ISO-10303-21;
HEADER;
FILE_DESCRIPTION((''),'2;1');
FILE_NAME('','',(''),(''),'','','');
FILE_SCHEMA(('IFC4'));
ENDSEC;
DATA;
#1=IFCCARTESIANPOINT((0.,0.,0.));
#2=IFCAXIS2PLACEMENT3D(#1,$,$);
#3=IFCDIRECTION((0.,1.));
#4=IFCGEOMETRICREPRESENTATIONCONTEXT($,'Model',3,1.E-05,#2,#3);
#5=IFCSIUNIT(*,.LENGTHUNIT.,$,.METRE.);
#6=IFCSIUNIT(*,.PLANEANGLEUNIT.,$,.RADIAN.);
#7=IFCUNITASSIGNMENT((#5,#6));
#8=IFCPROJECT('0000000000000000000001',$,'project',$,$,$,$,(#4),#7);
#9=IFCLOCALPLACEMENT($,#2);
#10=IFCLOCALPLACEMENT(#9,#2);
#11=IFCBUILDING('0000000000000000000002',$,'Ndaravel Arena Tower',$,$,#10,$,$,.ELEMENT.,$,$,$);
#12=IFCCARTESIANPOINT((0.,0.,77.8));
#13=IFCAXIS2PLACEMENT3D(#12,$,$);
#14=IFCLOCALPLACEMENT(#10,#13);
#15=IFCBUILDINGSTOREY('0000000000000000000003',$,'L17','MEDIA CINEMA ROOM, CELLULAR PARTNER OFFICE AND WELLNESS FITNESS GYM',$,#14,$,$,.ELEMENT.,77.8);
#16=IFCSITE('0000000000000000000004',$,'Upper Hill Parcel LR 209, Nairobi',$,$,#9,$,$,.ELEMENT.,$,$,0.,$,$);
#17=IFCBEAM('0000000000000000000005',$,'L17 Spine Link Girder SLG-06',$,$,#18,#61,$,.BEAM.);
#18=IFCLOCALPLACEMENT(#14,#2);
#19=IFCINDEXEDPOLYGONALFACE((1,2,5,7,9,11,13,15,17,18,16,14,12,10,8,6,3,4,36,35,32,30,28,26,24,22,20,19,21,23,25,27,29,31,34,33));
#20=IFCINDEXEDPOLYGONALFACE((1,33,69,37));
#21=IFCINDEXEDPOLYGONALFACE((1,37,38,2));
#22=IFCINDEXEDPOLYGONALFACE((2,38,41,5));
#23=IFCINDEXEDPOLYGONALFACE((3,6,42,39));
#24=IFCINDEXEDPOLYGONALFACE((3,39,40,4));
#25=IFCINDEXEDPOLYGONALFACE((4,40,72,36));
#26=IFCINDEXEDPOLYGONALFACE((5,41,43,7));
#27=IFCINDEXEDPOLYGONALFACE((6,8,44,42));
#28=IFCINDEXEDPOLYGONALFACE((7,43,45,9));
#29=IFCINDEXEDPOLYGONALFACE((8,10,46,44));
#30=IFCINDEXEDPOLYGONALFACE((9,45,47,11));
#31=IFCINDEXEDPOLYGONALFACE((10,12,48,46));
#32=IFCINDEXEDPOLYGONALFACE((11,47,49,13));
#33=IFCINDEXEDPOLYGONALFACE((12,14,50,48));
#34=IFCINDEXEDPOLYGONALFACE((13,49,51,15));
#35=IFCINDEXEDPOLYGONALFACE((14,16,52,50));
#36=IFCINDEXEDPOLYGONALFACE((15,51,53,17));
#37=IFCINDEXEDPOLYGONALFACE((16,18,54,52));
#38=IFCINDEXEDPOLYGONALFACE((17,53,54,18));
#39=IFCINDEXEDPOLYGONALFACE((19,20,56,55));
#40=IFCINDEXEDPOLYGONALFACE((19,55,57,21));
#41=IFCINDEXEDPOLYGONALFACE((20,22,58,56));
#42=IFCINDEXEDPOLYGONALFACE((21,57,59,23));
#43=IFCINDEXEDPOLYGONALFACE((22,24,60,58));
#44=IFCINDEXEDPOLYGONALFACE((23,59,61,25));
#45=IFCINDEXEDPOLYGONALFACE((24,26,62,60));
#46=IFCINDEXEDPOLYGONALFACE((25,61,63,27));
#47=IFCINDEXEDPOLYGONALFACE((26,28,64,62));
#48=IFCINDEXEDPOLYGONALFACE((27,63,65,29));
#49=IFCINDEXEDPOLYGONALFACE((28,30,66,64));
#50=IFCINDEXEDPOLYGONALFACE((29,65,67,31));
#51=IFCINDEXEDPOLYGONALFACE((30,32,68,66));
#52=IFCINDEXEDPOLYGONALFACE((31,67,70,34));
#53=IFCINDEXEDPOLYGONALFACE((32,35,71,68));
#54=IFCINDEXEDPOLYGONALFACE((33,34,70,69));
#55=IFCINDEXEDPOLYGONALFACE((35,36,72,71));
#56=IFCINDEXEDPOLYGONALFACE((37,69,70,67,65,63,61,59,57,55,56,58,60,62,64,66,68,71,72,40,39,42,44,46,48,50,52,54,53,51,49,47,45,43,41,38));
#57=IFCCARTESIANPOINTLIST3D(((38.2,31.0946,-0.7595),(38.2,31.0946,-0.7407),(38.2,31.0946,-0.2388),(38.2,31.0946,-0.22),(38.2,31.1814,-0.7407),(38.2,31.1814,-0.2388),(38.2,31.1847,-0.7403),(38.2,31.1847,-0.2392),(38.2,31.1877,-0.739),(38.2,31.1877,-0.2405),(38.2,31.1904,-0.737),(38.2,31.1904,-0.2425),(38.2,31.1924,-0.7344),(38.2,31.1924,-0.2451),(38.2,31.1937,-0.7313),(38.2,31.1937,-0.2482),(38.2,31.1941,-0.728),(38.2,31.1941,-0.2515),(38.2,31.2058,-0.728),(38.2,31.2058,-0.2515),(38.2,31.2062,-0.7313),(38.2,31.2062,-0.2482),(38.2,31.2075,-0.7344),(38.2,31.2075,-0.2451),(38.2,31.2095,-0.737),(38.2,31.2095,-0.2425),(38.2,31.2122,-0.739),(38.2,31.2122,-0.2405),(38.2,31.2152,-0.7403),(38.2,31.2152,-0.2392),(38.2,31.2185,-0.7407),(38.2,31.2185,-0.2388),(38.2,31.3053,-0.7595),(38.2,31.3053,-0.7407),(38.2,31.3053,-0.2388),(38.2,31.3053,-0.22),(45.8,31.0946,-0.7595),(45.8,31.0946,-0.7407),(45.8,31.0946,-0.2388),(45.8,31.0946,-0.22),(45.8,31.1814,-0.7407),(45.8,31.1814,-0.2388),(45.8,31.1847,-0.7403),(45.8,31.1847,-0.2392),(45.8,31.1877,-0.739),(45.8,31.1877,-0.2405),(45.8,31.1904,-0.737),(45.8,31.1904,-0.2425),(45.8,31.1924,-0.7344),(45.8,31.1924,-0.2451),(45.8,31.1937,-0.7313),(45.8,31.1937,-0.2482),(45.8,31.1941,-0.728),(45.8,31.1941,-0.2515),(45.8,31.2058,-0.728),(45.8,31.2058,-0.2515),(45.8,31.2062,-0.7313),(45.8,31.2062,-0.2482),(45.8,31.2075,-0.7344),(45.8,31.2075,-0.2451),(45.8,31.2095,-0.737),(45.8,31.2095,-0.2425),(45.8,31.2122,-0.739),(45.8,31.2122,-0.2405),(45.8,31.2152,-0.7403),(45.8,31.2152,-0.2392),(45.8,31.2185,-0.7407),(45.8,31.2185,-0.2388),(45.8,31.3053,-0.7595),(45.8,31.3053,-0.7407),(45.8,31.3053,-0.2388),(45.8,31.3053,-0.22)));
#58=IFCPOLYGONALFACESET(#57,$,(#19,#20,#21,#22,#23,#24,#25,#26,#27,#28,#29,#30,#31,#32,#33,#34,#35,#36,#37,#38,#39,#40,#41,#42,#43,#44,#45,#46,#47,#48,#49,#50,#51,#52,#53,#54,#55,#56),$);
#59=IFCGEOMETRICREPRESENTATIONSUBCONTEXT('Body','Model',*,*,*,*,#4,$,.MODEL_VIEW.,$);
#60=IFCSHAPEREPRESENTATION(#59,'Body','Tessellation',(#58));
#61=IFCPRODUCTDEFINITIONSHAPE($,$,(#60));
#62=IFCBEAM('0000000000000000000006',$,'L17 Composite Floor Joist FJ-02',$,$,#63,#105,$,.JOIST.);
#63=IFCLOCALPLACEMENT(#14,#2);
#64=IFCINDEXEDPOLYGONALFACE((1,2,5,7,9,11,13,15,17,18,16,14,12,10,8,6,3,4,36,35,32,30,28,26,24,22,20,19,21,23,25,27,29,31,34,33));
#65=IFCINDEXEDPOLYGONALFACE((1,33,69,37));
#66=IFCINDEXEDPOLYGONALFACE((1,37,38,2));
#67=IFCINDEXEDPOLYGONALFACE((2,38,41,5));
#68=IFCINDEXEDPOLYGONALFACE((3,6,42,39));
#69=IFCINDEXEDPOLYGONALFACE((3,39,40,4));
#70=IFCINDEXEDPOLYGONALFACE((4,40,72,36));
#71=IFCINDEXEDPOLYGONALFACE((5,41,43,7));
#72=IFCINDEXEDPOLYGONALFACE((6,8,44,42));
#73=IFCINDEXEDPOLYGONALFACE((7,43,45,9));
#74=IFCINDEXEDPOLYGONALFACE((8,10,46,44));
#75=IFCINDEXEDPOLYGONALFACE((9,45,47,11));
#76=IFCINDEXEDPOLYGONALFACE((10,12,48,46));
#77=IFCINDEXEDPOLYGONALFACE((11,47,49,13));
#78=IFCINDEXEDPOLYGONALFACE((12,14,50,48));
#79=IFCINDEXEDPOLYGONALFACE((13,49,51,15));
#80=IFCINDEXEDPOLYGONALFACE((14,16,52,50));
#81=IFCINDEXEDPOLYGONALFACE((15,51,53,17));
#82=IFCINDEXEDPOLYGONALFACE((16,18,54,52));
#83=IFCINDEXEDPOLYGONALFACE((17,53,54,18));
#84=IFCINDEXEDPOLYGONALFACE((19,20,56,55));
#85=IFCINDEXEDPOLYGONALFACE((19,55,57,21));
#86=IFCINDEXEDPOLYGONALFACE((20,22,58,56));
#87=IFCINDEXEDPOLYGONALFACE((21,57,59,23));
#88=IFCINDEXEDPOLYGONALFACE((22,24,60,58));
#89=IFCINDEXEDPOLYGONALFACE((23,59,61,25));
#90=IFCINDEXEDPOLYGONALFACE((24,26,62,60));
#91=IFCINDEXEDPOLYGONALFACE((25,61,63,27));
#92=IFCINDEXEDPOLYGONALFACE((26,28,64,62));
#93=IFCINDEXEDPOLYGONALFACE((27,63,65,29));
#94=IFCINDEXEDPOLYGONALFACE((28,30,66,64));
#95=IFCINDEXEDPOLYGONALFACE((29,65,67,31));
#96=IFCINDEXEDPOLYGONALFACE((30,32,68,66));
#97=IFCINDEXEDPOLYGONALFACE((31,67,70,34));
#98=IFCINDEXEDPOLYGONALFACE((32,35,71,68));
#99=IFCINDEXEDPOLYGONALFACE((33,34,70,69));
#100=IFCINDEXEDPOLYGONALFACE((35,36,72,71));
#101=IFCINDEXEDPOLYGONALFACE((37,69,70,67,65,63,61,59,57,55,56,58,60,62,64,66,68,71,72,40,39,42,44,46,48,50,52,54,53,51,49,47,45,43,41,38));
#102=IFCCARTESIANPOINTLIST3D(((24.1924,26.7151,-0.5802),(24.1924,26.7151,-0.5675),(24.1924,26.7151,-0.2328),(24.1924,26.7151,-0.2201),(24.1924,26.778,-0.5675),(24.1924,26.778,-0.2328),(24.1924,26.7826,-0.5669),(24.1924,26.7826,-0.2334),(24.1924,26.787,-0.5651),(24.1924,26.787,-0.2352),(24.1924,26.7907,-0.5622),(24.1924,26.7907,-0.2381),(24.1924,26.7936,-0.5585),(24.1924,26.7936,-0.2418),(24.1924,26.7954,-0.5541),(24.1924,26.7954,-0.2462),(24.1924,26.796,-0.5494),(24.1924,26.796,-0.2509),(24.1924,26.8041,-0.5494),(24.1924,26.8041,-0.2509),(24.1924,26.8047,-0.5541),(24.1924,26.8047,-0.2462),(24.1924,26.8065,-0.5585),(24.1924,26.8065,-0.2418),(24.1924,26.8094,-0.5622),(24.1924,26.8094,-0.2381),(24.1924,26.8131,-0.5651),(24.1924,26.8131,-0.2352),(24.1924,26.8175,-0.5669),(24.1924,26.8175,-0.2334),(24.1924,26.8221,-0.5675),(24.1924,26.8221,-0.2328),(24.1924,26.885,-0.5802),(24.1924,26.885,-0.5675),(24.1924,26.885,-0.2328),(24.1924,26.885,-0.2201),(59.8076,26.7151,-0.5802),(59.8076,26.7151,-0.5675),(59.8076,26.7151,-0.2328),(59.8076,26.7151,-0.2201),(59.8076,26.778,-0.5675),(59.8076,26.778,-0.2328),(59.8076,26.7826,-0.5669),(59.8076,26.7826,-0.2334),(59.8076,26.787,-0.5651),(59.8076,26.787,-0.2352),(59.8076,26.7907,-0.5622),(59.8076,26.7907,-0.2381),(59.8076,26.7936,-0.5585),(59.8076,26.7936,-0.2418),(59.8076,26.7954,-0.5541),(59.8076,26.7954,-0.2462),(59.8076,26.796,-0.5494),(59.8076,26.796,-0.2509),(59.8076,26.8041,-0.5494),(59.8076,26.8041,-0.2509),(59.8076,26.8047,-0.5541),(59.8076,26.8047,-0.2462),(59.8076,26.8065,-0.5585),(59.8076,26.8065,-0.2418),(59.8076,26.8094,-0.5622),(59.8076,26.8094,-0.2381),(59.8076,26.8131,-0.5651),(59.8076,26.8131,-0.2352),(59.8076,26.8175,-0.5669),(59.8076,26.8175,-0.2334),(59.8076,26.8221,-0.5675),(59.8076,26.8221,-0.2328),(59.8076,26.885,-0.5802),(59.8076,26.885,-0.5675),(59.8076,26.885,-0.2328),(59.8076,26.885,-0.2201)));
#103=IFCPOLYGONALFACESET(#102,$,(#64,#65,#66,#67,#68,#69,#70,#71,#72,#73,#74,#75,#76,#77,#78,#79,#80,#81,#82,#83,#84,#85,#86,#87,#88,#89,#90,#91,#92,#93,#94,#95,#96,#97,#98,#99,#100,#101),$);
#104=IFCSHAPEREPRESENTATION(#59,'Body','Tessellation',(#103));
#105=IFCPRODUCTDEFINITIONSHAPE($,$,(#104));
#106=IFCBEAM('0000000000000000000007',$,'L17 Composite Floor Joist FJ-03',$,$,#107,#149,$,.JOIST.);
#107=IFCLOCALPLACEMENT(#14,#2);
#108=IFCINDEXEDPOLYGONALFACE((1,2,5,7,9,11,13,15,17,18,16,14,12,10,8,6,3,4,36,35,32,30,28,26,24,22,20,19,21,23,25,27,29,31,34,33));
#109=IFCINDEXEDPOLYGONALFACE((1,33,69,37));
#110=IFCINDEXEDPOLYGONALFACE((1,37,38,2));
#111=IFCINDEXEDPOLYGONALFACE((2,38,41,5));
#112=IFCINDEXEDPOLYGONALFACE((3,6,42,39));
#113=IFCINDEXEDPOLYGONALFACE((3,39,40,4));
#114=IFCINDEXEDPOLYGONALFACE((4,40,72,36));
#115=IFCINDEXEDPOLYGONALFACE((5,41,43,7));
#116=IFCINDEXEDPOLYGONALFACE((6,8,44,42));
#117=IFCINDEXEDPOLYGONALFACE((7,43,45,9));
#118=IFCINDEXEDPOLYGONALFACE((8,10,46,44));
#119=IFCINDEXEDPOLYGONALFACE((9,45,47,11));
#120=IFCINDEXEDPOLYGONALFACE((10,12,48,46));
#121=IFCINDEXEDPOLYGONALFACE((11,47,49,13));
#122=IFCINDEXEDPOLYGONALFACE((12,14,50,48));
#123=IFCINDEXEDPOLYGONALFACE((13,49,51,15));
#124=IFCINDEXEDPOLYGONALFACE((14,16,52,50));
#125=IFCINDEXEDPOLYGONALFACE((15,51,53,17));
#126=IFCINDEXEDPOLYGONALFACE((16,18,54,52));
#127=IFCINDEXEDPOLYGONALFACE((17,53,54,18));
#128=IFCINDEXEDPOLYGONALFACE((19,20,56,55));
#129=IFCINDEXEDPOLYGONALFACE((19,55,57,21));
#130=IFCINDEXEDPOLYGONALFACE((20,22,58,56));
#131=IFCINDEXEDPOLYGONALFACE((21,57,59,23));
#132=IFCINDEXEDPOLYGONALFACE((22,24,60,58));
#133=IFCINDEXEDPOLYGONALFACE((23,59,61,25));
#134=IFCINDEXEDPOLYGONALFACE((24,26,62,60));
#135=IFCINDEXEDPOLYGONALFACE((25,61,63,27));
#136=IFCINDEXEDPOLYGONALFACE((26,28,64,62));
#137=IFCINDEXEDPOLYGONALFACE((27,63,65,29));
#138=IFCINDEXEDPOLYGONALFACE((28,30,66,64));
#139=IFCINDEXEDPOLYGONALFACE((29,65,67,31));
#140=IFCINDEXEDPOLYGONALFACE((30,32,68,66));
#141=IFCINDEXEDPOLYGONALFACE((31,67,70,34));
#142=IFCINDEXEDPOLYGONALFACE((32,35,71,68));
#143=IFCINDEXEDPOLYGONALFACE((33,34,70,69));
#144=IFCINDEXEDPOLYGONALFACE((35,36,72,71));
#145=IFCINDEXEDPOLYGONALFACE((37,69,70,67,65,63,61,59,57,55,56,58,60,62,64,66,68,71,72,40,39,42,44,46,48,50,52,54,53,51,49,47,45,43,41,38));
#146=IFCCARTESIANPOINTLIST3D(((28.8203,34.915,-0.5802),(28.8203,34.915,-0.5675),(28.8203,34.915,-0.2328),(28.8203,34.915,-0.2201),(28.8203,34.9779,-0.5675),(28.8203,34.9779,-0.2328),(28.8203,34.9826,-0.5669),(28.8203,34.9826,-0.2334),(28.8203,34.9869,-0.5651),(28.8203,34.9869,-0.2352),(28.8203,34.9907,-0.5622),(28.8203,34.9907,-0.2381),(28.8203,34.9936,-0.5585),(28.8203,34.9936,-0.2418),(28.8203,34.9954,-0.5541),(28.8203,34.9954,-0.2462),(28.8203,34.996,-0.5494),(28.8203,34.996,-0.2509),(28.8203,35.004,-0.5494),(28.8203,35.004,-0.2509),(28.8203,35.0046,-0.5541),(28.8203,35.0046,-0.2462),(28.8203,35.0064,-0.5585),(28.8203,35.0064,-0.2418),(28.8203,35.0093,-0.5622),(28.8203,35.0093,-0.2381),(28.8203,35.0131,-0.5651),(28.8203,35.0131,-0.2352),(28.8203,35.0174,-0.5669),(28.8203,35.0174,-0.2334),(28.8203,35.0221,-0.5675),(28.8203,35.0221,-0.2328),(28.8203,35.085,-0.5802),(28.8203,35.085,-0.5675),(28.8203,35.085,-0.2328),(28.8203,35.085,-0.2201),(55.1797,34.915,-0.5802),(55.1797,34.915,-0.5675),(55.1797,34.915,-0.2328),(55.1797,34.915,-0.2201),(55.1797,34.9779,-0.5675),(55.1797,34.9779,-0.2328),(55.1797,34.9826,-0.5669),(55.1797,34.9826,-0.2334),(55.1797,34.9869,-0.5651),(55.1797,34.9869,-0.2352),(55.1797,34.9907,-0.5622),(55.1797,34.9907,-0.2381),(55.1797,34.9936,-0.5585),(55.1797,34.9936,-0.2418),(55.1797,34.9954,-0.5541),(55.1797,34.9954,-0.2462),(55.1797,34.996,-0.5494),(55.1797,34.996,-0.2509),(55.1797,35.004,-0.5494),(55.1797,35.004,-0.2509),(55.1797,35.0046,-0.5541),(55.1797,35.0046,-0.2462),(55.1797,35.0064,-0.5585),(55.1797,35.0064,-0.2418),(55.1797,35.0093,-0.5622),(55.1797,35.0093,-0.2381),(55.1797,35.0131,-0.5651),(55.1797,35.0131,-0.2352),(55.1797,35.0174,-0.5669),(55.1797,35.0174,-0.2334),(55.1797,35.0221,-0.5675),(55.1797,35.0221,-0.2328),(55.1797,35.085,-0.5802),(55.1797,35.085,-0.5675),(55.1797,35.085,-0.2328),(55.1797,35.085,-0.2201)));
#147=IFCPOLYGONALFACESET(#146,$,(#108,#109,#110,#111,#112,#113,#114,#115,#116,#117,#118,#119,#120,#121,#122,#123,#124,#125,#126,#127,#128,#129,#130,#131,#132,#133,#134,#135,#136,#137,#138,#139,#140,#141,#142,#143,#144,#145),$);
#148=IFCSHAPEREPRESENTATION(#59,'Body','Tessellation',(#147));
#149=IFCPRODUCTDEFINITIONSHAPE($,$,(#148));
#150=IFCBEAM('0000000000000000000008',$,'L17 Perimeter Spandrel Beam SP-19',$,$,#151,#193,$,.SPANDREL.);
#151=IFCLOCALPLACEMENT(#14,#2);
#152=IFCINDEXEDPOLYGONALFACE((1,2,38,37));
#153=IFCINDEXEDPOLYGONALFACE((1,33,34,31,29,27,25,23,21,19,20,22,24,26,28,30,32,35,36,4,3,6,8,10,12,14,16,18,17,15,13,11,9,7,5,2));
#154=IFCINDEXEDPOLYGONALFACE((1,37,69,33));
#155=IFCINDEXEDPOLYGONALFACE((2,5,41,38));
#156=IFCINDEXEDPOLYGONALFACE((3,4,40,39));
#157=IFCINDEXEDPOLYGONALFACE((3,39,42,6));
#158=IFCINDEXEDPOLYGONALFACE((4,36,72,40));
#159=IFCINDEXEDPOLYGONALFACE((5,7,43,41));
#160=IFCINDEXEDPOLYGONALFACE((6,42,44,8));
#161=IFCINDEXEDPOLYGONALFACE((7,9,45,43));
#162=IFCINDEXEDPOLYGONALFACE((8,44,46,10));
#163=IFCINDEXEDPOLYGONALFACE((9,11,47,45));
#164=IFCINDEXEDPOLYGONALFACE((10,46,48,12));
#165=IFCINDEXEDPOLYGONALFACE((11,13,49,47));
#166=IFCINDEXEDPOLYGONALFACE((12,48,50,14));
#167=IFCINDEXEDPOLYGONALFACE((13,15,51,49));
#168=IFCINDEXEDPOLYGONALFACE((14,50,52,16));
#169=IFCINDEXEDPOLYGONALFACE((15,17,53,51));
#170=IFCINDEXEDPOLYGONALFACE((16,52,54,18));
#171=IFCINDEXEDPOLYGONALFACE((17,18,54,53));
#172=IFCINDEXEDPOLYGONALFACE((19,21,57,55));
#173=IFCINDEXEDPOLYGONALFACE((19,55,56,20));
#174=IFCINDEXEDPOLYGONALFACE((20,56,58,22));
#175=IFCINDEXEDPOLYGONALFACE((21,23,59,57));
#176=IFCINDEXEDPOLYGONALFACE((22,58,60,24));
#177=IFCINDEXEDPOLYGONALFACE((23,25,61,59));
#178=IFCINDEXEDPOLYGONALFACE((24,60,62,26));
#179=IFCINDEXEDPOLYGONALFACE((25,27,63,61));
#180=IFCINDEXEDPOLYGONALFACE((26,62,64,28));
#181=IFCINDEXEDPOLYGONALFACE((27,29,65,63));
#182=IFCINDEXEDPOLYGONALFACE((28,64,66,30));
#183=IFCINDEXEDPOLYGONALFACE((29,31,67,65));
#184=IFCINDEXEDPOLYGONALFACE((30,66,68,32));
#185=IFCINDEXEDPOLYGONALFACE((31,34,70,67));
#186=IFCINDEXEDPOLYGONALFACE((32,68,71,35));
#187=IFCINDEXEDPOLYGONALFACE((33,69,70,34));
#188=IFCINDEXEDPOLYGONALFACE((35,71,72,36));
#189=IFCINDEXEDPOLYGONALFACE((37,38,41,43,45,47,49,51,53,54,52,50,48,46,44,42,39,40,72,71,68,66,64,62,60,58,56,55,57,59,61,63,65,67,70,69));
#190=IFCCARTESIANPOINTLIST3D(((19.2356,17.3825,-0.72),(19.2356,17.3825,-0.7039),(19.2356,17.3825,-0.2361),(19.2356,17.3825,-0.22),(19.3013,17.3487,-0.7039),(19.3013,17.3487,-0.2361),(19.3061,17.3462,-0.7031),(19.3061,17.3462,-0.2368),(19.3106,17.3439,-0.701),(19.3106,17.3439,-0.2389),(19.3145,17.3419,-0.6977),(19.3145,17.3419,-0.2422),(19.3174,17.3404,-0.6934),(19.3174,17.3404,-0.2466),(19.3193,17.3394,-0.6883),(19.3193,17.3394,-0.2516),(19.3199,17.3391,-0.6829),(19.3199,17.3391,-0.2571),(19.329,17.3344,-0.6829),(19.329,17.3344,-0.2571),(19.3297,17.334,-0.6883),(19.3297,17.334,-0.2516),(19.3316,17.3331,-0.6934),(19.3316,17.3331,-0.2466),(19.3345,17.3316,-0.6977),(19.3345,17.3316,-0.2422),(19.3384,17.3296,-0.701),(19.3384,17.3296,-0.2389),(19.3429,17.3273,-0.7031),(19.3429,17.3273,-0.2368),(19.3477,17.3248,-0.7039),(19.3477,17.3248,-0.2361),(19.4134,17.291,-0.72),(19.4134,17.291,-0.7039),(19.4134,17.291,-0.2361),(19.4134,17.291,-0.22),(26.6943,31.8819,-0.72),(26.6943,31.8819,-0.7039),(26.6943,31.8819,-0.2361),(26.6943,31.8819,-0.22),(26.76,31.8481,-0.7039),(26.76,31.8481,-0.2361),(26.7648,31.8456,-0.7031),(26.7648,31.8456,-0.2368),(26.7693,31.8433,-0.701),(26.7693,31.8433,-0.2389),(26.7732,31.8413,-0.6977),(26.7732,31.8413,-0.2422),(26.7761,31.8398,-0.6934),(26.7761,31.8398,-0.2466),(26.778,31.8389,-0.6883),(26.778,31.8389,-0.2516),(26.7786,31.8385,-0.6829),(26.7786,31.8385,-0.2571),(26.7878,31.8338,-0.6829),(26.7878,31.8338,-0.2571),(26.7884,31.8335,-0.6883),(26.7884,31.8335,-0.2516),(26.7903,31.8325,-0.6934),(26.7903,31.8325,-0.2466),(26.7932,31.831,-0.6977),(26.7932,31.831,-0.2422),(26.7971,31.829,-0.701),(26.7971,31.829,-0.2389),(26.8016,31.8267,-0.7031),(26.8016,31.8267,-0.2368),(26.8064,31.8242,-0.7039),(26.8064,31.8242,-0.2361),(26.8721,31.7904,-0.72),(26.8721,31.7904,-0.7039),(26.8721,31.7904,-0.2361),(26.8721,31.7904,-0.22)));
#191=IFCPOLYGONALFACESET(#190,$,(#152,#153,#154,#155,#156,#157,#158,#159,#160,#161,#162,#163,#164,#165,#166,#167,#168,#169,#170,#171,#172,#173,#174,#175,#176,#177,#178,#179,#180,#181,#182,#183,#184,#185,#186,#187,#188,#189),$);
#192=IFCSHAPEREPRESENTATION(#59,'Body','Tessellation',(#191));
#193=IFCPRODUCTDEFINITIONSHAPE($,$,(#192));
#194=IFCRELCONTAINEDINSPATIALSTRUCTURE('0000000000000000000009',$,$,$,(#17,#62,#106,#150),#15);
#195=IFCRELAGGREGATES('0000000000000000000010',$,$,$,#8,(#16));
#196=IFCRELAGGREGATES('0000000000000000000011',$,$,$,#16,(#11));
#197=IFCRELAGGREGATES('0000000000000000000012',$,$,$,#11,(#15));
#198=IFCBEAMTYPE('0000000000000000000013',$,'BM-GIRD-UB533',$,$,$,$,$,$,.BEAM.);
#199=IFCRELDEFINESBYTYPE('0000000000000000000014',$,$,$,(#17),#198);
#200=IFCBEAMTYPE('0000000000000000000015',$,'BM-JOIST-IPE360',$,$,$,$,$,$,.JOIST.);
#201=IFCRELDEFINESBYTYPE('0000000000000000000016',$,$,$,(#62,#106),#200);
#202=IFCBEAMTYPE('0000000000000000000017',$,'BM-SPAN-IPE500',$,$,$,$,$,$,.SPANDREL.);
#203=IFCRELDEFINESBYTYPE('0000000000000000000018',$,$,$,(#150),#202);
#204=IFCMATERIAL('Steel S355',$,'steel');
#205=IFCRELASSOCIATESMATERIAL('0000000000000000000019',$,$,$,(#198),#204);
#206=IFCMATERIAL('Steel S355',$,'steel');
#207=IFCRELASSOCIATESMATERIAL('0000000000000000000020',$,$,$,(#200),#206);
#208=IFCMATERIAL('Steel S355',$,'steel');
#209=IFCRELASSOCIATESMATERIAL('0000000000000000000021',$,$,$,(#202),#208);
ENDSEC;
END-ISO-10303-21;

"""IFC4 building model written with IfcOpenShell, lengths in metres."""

from ifc_helpers import new_model, si_unit, direction, frame, origin, origin_2d, place, context, subcontext, project, spatial, i_section, extrude, material, material_profile, profile_set, type_object, element, save


model = new_model("IFC4")

# Units and contexts
model_context = context("Model", 3, precision=1e-05, world=origin(), true_north=direction((0.0, 1.0)))
body_context = subcontext(model_context, "Body", "Model", "MODEL_VIEW")
ifc_project = project(units=[si_unit("LENGTHUNIT", "METRE"), si_unit("PLANEANGLEUNIT", "RADIAN")], contexts=[model_context])

# Site, building, storey
site_placement = place(None, origin())
site = spatial("IfcSite", under=ifc_project, at=site_placement, Name="Upper Hill Parcel LR 209, Nairobi", CompositionType="ELEMENT", RefElevation=0.0)
building_placement = place(site_placement, origin())
building = spatial("IfcBuilding", under=site, at=building_placement, Name="Ndaravel Arena Tower", CompositionType="ELEMENT")
storey_placement = place(building_placement, frame((0.0, 0.0, 77.8)))
storey = spatial("IfcBuildingStorey", under=building, at=storey_placement, Name="L17", Description="MEDIA CINEMA ROOM, CELLULAR PARTNER OFFICE AND WELLNESS FITNESS GYM", CompositionType="ELEMENT", Elevation=77.8)

# Beams
ifc_material_1 = material(Name="Steel S355", Category="steel")
ifc_material_profile_1 = material_profile(ifc_material_1, i_section(OverallWidth=0.2107, OverallDepth=0.5396, WebThickness=0.0117, FlangeThickness=0.0188, FilletRadius=0.0127, at=origin_2d()), Name="UB 533x210x109")
ifc_profile_set_1 = profile_set([ifc_material_profile_1], Name="Steel S355")
beam_type_1 = type_object("IfcBeamType", Name="BM-GIRD-UB533", PredefinedType="BEAM", material=ifc_profile_set_1)
beam_1_placement = place(storey_placement, frame((38.2, 31.2, -0.4897), z_axis=(1.0, 0.0, 0.0), x_axis=(0.0, 1.0, 0.0)))
element("IfcBeam", 1, at=beam_1_placement, inside=storey, type_object=beam_type_1, Name="L17 Spine Link Girder SLG-06", PredefinedType="BEAM", context=body_context, shape_type="SweptSolid", body=[
    extrude(i_section(OverallWidth=0.2107, OverallDepth=0.5396, WebThickness=0.0117, FlangeThickness=0.0188, FilletRadius=0.0127, at=origin_2d()), origin(), (0.0, 0.0, 1.0), 7.6001),
])
ifc_material_2 = material(Name="Steel S355", Category="steel")
ifc_material_profile_2 = material_profile(ifc_material_2, i_section(OverallWidth=0.1699, OverallDepth=0.3601, WebThickness=0.0081, FlangeThickness=0.0127, FilletRadius=0.0181, at=origin_2d()), Name="IPE 360")
ifc_profile_set_2 = profile_set([ifc_material_profile_2], Name="Steel S355")
beam_type_2 = type_object("IfcBeamType", Name="BM-JOIST-IPE360", PredefinedType="JOIST", material=ifc_profile_set_2)
beam_2_placement = place(storey_placement, frame((24.1924, 26.8, -0.4001), z_axis=(1.0, 0.0, 0.0), x_axis=(0.0, 1.0, 0.0)))
element("IfcBeam", 2, at=beam_2_placement, inside=storey, type_object=beam_type_2, Name="L17 Composite Floor Joist FJ-02", PredefinedType="JOIST", context=body_context, shape_type="SweptSolid", body=[
    extrude(i_section(OverallWidth=0.1699, OverallDepth=0.3601, WebThickness=0.0081, FlangeThickness=0.0127, FilletRadius=0.0181, at=origin_2d()), origin(), (0.0, 0.0, 1.0), 35.6152),
])
beam_3_placement = place(storey_placement, frame((28.8203, 35.0, -0.4001), z_axis=(1.0, 0.0, 0.0), x_axis=(0.0, 1.0, 0.0)))
element("IfcBeam", 3, at=beam_3_placement, inside=storey, type_object=beam_type_2, Name="L17 Composite Floor Joist FJ-03", PredefinedType="JOIST", context=body_context, shape_type="SweptSolid", body=[
    extrude(i_section(OverallWidth=0.1699, OverallDepth=0.3601, WebThickness=0.0081, FlangeThickness=0.0127, FilletRadius=0.0181, at=origin_2d()), origin(), (0.0, 0.0, 1.0), 26.3594),
])
ifc_material_3 = material(Name="Steel S355", Category="steel")
ifc_material_profile_3 = material_profile(ifc_material_3, i_section(OverallWidth=0.2, OverallDepth=0.5, WebThickness=0.0103, FlangeThickness=0.0161, FilletRadius=0.021, at=origin_2d()), Name="IPE 500")
ifc_profile_set_3 = profile_set([ifc_material_profile_3], Name="Steel S355")
beam_type_3 = type_object("IfcBeamType", Name="BM-SPAN-IPE500", PredefinedType="SPANDREL", material=ifc_profile_set_3)
beam_4_placement = place(storey_placement, frame((26.7832, 31.8362, -0.47), z_axis=(-0.457438, -0.889242, 0.0), x_axis=(0.889242, -0.457438, 0.0)))
element("IfcBeam", 4, at=beam_4_placement, inside=storey, type_object=beam_type_3, Name="L17 Perimeter Spandrel Beam SP-19", PredefinedType="SPANDREL", context=body_context, shape_type="SweptSolid", body=[
    extrude(i_section(OverallWidth=0.2, OverallDepth=0.5, WebThickness=0.0103, FlangeThickness=0.0161, FilletRadius=0.021, at=origin_2d()), origin(), (0.0, 0.0, 1.0), 16.3054),
])

save(model, "model.ifc")
